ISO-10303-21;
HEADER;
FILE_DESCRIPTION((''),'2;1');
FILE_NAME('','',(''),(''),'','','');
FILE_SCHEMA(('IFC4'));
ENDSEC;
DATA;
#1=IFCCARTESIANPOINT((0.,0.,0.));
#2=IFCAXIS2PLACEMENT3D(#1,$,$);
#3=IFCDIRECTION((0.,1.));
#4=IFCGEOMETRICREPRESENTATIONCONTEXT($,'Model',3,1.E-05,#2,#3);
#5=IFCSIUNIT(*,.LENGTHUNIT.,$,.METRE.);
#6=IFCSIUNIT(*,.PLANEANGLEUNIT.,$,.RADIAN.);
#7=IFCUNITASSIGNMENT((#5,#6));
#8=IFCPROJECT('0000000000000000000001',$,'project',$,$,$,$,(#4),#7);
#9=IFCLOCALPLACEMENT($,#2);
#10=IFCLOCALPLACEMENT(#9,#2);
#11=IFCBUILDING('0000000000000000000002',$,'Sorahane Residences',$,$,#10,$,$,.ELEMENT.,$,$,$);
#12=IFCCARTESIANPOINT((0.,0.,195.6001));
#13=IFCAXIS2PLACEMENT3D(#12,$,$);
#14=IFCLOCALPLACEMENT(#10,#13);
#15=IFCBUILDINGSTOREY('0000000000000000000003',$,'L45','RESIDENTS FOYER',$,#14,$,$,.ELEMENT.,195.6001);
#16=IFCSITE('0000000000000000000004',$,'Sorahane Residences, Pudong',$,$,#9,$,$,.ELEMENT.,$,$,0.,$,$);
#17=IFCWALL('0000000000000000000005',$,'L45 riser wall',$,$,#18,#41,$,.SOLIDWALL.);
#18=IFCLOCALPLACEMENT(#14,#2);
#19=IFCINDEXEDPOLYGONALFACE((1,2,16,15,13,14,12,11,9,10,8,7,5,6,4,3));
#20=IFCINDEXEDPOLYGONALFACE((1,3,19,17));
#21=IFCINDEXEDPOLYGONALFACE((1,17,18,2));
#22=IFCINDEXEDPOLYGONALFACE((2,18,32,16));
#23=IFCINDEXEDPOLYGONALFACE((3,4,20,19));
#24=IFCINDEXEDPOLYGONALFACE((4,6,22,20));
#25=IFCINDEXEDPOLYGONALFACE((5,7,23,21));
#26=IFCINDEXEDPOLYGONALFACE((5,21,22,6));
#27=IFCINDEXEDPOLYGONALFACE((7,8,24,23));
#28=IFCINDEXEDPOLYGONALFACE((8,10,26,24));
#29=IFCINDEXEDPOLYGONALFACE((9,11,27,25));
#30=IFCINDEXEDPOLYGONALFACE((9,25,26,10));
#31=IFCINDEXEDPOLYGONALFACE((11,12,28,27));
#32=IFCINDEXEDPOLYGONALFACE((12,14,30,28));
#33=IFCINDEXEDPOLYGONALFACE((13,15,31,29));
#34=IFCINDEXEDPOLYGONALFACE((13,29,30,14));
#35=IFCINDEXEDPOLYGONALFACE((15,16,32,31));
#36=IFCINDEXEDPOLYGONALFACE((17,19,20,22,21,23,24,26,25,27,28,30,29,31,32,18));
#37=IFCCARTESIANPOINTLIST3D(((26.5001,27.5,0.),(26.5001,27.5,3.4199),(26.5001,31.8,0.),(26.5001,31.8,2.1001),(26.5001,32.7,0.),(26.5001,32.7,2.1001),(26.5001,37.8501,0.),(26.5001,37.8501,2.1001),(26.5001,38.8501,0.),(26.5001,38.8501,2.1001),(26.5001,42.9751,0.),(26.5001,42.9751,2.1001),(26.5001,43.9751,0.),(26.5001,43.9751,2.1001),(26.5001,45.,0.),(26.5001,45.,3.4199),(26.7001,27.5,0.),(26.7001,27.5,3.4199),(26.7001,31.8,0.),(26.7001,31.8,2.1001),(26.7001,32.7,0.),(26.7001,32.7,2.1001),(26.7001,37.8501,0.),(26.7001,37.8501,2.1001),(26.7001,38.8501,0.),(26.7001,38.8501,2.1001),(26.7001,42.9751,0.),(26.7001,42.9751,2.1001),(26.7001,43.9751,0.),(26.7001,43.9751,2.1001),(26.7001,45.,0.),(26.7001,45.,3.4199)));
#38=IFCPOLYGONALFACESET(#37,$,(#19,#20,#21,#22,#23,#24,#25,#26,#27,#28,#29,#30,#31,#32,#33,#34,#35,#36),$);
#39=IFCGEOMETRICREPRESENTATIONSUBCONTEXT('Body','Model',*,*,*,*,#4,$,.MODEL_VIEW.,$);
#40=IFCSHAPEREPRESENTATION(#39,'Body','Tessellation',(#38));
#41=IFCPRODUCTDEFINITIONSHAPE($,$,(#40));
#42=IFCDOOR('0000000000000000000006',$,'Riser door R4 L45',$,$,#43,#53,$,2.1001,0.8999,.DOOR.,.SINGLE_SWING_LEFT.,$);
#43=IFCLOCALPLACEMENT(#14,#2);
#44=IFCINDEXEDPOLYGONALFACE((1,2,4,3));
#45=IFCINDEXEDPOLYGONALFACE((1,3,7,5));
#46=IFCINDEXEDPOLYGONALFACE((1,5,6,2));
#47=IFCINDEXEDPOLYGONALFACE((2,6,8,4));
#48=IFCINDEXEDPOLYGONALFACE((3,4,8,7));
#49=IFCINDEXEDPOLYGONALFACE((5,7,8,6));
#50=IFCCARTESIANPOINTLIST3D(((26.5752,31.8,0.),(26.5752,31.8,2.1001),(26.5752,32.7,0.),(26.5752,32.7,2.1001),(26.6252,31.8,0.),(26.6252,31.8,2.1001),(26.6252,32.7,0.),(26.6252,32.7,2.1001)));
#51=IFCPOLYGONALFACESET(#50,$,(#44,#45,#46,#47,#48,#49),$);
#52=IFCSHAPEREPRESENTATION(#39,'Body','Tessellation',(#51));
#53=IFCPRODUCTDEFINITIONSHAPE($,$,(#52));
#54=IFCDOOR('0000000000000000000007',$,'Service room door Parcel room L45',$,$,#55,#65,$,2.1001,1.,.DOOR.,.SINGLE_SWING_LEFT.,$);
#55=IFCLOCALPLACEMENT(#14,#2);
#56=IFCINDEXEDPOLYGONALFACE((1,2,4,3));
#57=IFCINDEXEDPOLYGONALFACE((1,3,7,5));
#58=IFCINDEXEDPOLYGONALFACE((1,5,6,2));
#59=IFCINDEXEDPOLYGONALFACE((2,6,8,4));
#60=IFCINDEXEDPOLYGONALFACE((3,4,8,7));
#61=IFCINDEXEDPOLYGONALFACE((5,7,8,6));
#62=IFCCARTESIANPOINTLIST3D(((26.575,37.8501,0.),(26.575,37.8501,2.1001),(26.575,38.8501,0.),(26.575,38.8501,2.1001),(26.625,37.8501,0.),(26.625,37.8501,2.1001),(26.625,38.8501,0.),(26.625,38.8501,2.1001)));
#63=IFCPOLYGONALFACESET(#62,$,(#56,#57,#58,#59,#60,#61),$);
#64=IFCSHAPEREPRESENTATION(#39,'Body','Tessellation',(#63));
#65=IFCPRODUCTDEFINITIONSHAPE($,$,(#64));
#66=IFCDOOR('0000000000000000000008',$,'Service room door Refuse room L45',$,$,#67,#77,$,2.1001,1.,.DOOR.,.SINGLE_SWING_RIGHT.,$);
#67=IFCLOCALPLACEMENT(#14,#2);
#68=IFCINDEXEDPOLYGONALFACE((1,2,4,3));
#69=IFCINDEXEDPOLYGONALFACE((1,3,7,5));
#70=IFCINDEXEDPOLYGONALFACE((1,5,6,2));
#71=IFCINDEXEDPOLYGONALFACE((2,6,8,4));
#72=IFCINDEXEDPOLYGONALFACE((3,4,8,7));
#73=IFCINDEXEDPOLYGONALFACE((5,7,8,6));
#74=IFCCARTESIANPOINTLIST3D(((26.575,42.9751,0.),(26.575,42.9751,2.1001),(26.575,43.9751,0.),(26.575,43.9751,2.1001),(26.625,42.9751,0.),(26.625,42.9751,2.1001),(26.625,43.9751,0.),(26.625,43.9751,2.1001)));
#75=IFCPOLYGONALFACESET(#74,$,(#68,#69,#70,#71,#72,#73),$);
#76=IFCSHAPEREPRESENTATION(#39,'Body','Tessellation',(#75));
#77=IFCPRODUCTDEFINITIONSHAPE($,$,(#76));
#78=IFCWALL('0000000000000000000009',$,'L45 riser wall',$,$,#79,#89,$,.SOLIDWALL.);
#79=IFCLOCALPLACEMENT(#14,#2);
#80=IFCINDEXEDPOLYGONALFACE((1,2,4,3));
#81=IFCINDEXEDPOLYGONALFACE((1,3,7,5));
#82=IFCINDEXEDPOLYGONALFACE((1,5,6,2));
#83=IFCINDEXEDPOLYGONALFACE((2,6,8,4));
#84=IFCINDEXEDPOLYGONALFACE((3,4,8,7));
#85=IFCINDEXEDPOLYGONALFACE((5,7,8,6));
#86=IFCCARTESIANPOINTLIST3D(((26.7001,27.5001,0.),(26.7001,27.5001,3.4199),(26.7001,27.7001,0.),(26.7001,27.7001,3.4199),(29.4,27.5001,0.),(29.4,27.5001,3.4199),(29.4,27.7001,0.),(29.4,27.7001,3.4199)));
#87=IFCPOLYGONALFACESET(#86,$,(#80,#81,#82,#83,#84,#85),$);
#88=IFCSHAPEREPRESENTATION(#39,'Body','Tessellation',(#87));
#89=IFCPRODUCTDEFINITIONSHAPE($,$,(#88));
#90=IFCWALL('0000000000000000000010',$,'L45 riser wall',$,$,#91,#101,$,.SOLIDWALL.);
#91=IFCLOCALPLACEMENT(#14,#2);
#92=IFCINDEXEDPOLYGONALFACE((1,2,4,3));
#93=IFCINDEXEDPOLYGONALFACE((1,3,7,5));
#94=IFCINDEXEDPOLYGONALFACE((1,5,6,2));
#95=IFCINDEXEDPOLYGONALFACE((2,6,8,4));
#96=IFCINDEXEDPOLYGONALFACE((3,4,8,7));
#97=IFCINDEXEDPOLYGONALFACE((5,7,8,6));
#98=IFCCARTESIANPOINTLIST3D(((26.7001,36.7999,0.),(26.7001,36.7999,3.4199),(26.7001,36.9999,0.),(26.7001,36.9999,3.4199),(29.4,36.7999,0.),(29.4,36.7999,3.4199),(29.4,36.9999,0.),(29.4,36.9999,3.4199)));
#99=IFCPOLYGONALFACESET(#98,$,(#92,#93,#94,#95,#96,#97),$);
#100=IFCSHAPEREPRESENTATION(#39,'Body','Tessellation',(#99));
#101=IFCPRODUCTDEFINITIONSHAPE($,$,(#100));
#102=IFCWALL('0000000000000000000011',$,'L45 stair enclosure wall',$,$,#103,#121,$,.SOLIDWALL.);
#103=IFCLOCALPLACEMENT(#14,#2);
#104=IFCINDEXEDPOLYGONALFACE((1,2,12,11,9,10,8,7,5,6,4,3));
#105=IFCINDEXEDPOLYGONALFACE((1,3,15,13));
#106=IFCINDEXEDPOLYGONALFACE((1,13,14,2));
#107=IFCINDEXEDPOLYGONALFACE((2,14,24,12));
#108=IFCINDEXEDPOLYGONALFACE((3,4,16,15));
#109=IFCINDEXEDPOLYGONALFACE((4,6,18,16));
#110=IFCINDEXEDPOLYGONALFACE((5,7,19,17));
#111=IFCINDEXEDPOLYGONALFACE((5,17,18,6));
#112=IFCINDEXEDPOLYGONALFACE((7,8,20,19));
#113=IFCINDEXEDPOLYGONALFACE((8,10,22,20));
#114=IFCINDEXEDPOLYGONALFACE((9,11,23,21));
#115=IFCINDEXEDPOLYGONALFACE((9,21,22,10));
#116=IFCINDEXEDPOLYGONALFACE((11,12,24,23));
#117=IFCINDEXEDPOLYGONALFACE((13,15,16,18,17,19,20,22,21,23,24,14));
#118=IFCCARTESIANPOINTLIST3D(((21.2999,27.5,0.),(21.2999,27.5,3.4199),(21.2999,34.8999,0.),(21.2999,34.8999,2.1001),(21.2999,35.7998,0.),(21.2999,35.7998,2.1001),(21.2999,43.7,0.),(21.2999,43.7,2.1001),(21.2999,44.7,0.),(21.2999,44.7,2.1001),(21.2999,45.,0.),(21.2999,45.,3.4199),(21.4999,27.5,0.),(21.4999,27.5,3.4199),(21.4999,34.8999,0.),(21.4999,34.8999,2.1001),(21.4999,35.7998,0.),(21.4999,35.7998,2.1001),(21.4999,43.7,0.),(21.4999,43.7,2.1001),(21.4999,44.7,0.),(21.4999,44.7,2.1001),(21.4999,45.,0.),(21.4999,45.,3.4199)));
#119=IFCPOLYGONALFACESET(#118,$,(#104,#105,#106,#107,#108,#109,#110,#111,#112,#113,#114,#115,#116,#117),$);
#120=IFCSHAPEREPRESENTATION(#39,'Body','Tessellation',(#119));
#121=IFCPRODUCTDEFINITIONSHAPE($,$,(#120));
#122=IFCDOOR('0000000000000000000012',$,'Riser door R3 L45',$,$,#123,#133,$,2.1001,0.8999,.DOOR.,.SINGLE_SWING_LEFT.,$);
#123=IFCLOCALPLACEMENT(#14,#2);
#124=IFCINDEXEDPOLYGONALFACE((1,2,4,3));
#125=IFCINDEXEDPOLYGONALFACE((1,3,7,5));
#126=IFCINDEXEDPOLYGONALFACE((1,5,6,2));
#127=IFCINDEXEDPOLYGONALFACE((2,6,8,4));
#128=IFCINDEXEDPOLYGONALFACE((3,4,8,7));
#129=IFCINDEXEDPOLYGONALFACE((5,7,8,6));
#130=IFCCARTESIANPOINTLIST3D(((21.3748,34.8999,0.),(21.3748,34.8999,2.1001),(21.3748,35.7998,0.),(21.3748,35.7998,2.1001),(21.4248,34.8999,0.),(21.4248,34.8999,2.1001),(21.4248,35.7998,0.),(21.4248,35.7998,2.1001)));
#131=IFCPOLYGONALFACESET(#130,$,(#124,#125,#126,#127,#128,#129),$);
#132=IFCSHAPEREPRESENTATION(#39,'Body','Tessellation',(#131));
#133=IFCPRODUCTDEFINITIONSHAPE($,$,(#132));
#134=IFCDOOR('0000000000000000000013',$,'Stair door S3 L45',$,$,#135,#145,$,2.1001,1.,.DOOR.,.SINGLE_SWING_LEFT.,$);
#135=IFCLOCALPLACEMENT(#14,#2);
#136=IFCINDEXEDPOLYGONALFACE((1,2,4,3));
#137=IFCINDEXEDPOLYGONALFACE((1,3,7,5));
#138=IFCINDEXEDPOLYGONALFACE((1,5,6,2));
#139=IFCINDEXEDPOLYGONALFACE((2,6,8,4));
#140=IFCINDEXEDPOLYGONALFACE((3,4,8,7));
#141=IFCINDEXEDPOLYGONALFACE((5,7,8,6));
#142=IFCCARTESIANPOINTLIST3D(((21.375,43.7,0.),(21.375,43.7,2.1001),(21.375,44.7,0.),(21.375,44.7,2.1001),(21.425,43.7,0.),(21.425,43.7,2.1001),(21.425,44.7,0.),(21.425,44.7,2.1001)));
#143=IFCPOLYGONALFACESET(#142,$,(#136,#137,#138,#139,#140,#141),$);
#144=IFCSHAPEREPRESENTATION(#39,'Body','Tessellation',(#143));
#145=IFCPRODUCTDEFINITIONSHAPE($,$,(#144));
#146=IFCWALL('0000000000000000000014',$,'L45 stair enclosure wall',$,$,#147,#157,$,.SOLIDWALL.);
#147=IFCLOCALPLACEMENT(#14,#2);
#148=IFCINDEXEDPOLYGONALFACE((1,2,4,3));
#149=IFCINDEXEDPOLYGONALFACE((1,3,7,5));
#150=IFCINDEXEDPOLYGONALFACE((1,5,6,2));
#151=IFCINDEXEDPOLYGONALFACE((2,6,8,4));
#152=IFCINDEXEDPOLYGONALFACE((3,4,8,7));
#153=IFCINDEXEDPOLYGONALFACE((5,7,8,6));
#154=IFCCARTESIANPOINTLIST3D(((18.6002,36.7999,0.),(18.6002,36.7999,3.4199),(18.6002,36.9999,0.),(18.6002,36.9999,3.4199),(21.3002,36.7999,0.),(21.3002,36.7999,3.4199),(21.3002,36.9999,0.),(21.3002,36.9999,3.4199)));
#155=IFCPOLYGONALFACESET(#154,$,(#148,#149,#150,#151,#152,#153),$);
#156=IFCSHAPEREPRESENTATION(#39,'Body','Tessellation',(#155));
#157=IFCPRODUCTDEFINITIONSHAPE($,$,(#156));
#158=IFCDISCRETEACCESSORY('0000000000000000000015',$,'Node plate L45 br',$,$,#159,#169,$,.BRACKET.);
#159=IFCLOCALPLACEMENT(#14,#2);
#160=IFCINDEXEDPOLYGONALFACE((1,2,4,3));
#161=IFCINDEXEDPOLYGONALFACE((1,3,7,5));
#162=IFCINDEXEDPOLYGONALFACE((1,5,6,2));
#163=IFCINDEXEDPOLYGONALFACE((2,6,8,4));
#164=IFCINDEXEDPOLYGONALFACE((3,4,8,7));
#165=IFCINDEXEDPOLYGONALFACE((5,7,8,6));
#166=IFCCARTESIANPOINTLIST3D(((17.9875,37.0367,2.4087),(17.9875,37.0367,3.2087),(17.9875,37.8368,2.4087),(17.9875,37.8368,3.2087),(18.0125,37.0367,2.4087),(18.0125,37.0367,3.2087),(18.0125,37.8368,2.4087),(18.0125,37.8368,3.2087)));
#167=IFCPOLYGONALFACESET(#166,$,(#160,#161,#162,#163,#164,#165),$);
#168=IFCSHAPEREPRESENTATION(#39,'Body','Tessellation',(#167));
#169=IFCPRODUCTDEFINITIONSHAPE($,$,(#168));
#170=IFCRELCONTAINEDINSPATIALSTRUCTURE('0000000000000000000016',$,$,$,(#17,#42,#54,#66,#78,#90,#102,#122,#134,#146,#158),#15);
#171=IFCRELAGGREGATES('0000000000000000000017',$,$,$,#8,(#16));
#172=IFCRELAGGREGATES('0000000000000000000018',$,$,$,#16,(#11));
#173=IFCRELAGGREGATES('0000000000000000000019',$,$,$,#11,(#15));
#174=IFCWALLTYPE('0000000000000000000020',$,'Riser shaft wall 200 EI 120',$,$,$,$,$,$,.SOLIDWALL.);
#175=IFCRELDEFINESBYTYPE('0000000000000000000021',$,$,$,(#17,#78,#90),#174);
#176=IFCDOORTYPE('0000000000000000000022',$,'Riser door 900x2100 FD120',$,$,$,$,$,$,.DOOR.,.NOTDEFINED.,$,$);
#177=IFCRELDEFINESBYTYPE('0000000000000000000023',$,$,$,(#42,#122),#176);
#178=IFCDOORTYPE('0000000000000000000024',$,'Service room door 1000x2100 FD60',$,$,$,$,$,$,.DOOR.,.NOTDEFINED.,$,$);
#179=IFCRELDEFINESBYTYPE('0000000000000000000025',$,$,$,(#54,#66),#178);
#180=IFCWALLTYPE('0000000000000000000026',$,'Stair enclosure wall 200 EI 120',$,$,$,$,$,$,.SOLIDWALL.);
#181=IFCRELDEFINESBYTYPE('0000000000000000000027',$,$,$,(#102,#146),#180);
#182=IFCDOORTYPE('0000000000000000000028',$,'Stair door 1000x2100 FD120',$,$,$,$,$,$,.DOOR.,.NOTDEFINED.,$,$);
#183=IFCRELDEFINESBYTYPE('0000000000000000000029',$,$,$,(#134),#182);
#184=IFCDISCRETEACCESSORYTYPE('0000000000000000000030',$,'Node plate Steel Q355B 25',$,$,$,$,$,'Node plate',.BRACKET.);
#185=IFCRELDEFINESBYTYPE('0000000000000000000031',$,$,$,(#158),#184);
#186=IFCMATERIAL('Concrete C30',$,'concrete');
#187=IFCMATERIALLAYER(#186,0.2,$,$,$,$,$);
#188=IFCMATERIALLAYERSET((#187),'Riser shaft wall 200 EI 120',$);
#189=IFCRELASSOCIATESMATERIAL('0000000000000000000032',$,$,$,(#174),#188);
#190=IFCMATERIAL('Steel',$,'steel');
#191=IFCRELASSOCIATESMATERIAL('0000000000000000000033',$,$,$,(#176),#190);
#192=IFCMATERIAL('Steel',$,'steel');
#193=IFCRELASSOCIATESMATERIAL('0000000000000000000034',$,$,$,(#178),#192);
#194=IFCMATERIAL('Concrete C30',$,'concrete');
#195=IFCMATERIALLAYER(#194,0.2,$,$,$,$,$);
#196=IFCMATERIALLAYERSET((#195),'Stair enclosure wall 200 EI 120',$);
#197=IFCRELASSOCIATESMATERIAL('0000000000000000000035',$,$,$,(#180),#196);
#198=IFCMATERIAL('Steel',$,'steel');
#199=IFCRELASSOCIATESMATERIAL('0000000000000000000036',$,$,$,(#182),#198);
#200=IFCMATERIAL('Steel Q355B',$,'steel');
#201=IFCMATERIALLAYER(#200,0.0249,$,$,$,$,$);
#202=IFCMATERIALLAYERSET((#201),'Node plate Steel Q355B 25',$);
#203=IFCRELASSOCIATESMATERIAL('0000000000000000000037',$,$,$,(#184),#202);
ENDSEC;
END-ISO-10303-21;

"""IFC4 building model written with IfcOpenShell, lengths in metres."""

from ifc_helpers import new_model, si_unit, direction, frame, frame_2d, origin, origin_2d, place, context, subcontext, project, spatial, rectangle, extrude, material, layer, layer_set, type_object, element, fill, save


model = new_model("IFC4")

# Units and contexts
model_context = context("Model", 3, precision=1e-05, world=origin(), true_north=direction((0.0, 1.0)))
body_context = subcontext(model_context, "Body", "Model", "MODEL_VIEW")
ifc_project = project(units=[si_unit("LENGTHUNIT", "METRE"), si_unit("PLANEANGLEUNIT", "RADIAN")], contexts=[model_context])

# Site, building, storey
site_placement = place(None, origin())
site = spatial("IfcSite", under=ifc_project, at=site_placement, Name="Sorahane Residences, Pudong", CompositionType="ELEMENT", RefElevation=0.0)
building_placement = place(site_placement, origin())
building = spatial("IfcBuilding", under=site, at=building_placement, Name="Sorahane Residences", CompositionType="ELEMENT")
storey_placement = place(building_placement, frame((0.0, 0.0, 195.6001)))
storey = spatial("IfcBuildingStorey", under=building, at=storey_placement, Name="L45", Description="RESIDENTS FOYER", CompositionType="ELEMENT", Elevation=195.6001)

# Wall, openings, doors
ifc_material_1 = material(Name="Concrete C30", Category="concrete")
ifc_layer_1 = layer(ifc_material_1, 0.2)
ifc_layer_set_1 = layer_set([ifc_layer_1], Name="Riser shaft wall 200 EI 120")
wall_type_1 = type_object("IfcWallType", Name="Riser shaft wall 200 EI 120", PredefinedType="SOLIDWALL", material=ifc_layer_set_1)
wall_1_placement = place(storey_placement, frame((26.6001, 27.5, 0.0), z_axis=(0.0, 0.0, 1.0), x_axis=(0.0, 1.0, 0.0)))
wall_1 = element("IfcWall", 1, at=wall_1_placement, inside=storey, type_object=wall_type_1, Name="L45 riser wall", PredefinedType="SOLIDWALL", context=body_context, shape_type="SweptSolid", body=[
    extrude(rectangle(XDim=17.5, YDim=0.2, at=frame_2d((8.75, 0.0))), origin(), (0.0, 0.0, 1.0), 3.4199),
])
opening_1_placement = place(wall_1_placement, frame((4.3, 0.0, 0.0)))
opening_1 = element("IfcOpeningElement", 2, at=opening_1_placement, cuts=wall_1, PredefinedType="OPENING", context=body_context, shape_type="SweptSolid", body=[
    extrude(rectangle(XDim=0.8999, YDim=2.1001, at=frame_2d((0.45, 1.05))), frame((0.0, 0.1099, 0.0), z_axis=(0.0, -1.0, 0.0), x_axis=(1.0, 0.0, 0.0)), (0.0, 0.0, 1.0), 0.22),
])
opening_2_placement = place(wall_1_placement, frame((10.3501, 0.0, 0.0)))
opening_2 = element("IfcOpeningElement", 3, at=opening_2_placement, cuts=wall_1, PredefinedType="OPENING", context=body_context, shape_type="SweptSolid", body=[
    extrude(rectangle(XDim=1.0, YDim=2.1001, at=frame_2d((0.5, 1.05))), frame((0.0, 0.1099, 0.0), z_axis=(0.0, -1.0, 0.0), x_axis=(1.0, 0.0, 0.0)), (0.0, 0.0, 1.0), 0.22),
])
opening_3_placement = place(wall_1_placement, frame((15.4751, 0.0, 0.0)))
opening_3 = element("IfcOpeningElement", 4, at=opening_3_placement, cuts=wall_1, PredefinedType="OPENING", context=body_context, shape_type="SweptSolid", body=[
    extrude(rectangle(XDim=1.0, YDim=2.1001, at=frame_2d((0.5, 1.05))), frame((0.0, 0.1099, 0.0), z_axis=(0.0, -1.0, 0.0), x_axis=(1.0, 0.0, 0.0)), (0.0, 0.0, 1.0), 0.22),
])
ifc_material_2 = material(Name="Steel", Category="steel")
door_type_1 = type_object("IfcDoorType", Name="Riser door 900x2100 FD120", OperationType="NOTDEFINED", PredefinedType="DOOR", material=ifc_material_2)
door_1_placement = place(opening_1_placement, origin())
door_1 = element("IfcDoor", 5, at=door_1_placement, inside=storey, type_object=door_type_1, Name="Riser door R4 L45", OperationType="SINGLE_SWING_LEFT", OverallHeight=2.1001, OverallWidth=0.8999, PredefinedType="DOOR", context=body_context, shape_type="SweptSolid", body=[
    extrude(rectangle(XDim=0.8999, YDim=2.1001, at=frame_2d((0.45, 1.05))), frame((0.0, 0.0249, 0.0), z_axis=(0.0, -1.0, 0.0), x_axis=(1.0, 0.0, 0.0)), (0.0, 0.0, 1.0), 0.05),
])
fill(opening_1, door_1)
ifc_material_3 = material(Name="Steel", Category="steel")
door_type_2 = type_object("IfcDoorType", Name="Service room door 1000x2100 FD60", OperationType="NOTDEFINED", PredefinedType="DOOR", material=ifc_material_3)
door_2_placement = place(opening_2_placement, frame((1.0, 0.0, 0.0), z_axis=(0.0, 0.0, 1.0), x_axis=(-1.0, 0.0, 0.0)))
door_2 = element("IfcDoor", 6, at=door_2_placement, inside=storey, type_object=door_type_2, Name="Service room door Parcel room L45", OperationType="SINGLE_SWING_LEFT", OverallHeight=2.1001, OverallWidth=1.0, PredefinedType="DOOR", context=body_context, shape_type="SweptSolid", body=[
    extrude(rectangle(XDim=1.0, YDim=2.1001, at=frame_2d((0.5, 1.05))), frame((0.0, 0.0249, 0.0), z_axis=(0.0, -1.0, 0.0), x_axis=(1.0, 0.0, 0.0)), (0.0, 0.0, 1.0), 0.05),
])
fill(opening_2, door_2)
door_3_placement = place(opening_3_placement, frame((1.0, 0.0, 0.0), z_axis=(0.0, 0.0, 1.0), x_axis=(-1.0, 0.0, 0.0)))
door_3 = element("IfcDoor", 7, at=door_3_placement, inside=storey, type_object=door_type_2, Name="Service room door Refuse room L45", OperationType="SINGLE_SWING_RIGHT", OverallHeight=2.1001, OverallWidth=1.0, PredefinedType="DOOR", context=body_context, shape_type="SweptSolid", body=[
    extrude(rectangle(XDim=1.0, YDim=2.1001, at=frame_2d((0.5, 1.05))), frame((0.0, 0.0249, 0.0), z_axis=(0.0, -1.0, 0.0), x_axis=(1.0, 0.0, 0.0)), (0.0, 0.0, 1.0), 0.05),
])
fill(opening_3, door_3)

# Walls
for number, where, z_axis, x_axis, name in (
    (8, (26.7, 27.6001, 0.0), (0.0, 0.0, 1.0), (1.0, 0.0, 0.0), "L45 riser wall"),
    (9, (26.7, 36.8999, 0.0), (0.0, 0.0, 1.0), (1.0, 0.0, 0.0), "L45 riser wall"),
):
    element("IfcWall", number, at=place(storey_placement, frame(where, z_axis=z_axis, x_axis=x_axis)), inside=storey, type_object=wall_type_1, Name=name, PredefinedType="SOLIDWALL", context=body_context, shape_type="SweptSolid", body=[
        extrude(rectangle(XDim=2.7, YDim=0.2, at=frame_2d((1.3501, 0.0))), origin(), (0.0, 0.0, 1.0), 3.4199),
    ])

# Wall, openings, doors
ifc_material_4 = material(Name="Concrete C30", Category="concrete")
ifc_layer_2 = layer(ifc_material_4, 0.2)
ifc_layer_set_2 = layer_set([ifc_layer_2], Name="Stair enclosure wall 200 EI 120")
wall_type_2 = type_object("IfcWallType", Name="Stair enclosure wall 200 EI 120", PredefinedType="SOLIDWALL", material=ifc_layer_set_2)
wall_2_placement = place(storey_placement, frame((21.3999, 27.5, 0.0), z_axis=(0.0, 0.0, 1.0), x_axis=(0.0, 1.0, 0.0)))
wall_2 = element("IfcWall", 10, at=wall_2_placement, inside=storey, type_object=wall_type_2, Name="L45 stair enclosure wall", PredefinedType="SOLIDWALL", context=body_context, shape_type="SweptSolid", body=[
    extrude(rectangle(XDim=17.5, YDim=0.2, at=frame_2d((8.75, 0.0))), origin(), (0.0, 0.0, 1.0), 3.4199),
])
opening_4_placement = place(wall_2_placement, frame((16.2, 0.0, 0.0)))
opening_4 = element("IfcOpeningElement", 11, at=opening_4_placement, cuts=wall_2, PredefinedType="OPENING", context=body_context, shape_type="SweptSolid", body=[
    extrude(rectangle(XDim=1.0, YDim=2.1001, at=frame_2d((0.5, 1.05))), frame((0.0, 0.1099, 0.0), z_axis=(0.0, -1.0, 0.0), x_axis=(1.0, 0.0, 0.0)), (0.0, 0.0, 1.0), 0.22),
])
opening_5_placement = place(wall_2_placement, frame((7.3999, 0.0, 0.0)))
opening_5 = element("IfcOpeningElement", 12, at=opening_5_placement, cuts=wall_2, PredefinedType="OPENING", context=body_context, shape_type="SweptSolid", body=[
    extrude(rectangle(XDim=0.8999, YDim=2.1001, at=frame_2d((0.45, 1.05))), frame((0.0, 0.1099, 0.0), z_axis=(0.0, -1.0, 0.0), x_axis=(1.0, 0.0, 0.0)), (0.0, 0.0, 1.0), 0.22),
])
door_4_placement = place(opening_5_placement, frame((0.8999, 0.0, 0.0), z_axis=(0.0, 0.0, 1.0), x_axis=(-1.0, 0.0, 0.0)))
door_4 = element("IfcDoor", 13, at=door_4_placement, inside=storey, type_object=door_type_1, Name="Riser door R3 L45", OperationType="SINGLE_SWING_LEFT", OverallHeight=2.1001, OverallWidth=0.8999, PredefinedType="DOOR", context=body_context, shape_type="SweptSolid", body=[
    extrude(rectangle(XDim=0.8999, YDim=2.1001, at=frame_2d((0.45, 1.05))), frame((0.0, 0.0249, 0.0), z_axis=(0.0, -1.0, 0.0), x_axis=(1.0, 0.0, 0.0)), (0.0, 0.0, 1.0), 0.05),
])
fill(opening_5, door_4)
ifc_material_5 = material(Name="Steel", Category="steel")
door_type_3 = type_object("IfcDoorType", Name="Stair door 1000x2100 FD120", OperationType="NOTDEFINED", PredefinedType="DOOR", material=ifc_material_5)
door_5_placement = place(opening_4_placement, origin())
door_5 = element("IfcDoor", 14, at=door_5_placement, inside=storey, type_object=door_type_3, Name="Stair door S3 L45", OperationType="SINGLE_SWING_LEFT", OverallHeight=2.1001, OverallWidth=1.0, PredefinedType="DOOR", context=body_context, shape_type="SweptSolid", body=[
    extrude(rectangle(XDim=1.0, YDim=2.1001, at=frame_2d((0.5, 1.05))), frame((0.0, 0.0249, 0.0), z_axis=(0.0, -1.0, 0.0), x_axis=(1.0, 0.0, 0.0)), (0.0, 0.0, 1.0), 0.05),
])
fill(opening_4, door_5)

# Wall
wall_3_placement = place(storey_placement, frame((18.6001, 36.8999, 0.0), z_axis=(0.0, 0.0, 1.0), x_axis=(1.0, 0.0, 0.0)))
element("IfcWall", 15, at=wall_3_placement, inside=storey, type_object=wall_type_2, Name="L45 stair enclosure wall", PredefinedType="SOLIDWALL", context=body_context, shape_type="SweptSolid", body=[
    extrude(rectangle(XDim=2.7, YDim=0.2, at=frame_2d((1.3501, 0.0))), origin(), (0.0, 0.0, 1.0), 3.4199),
])

# Discrete accessory
ifc_material_6 = material(Name="Steel Q355B", Category="steel")
ifc_layer_3 = layer(ifc_material_6, 0.0249)
ifc_layer_set_3 = layer_set([ifc_layer_3], Name="Node plate Steel Q355B 25")
discrete_accessory_type = type_object("IfcDiscreteAccessoryType", Name="Node plate Steel Q355B 25", ElementType="Node plate", PredefinedType="BRACKET", material=ifc_layer_set_3)
discrete_accessory_placement = place(storey_placement, frame((18.0, 37.4368, 2.4087), z_axis=(0.0, 0.0, 1.0), x_axis=(0.0, 1.0, 0.0)))
element("IfcDiscreteAccessory", 16, at=discrete_accessory_placement, inside=storey, type_object=discrete_accessory_type, Name="Node plate L45 br", PredefinedType="BRACKET", context=body_context, shape_type="SweptSolid", body=[
    extrude(rectangle(XDim=0.8, YDim=0.0249, at=origin_2d()), origin(), (0.0, 0.0, 1.0), 0.8),
])

save(model, "model.ifc")
